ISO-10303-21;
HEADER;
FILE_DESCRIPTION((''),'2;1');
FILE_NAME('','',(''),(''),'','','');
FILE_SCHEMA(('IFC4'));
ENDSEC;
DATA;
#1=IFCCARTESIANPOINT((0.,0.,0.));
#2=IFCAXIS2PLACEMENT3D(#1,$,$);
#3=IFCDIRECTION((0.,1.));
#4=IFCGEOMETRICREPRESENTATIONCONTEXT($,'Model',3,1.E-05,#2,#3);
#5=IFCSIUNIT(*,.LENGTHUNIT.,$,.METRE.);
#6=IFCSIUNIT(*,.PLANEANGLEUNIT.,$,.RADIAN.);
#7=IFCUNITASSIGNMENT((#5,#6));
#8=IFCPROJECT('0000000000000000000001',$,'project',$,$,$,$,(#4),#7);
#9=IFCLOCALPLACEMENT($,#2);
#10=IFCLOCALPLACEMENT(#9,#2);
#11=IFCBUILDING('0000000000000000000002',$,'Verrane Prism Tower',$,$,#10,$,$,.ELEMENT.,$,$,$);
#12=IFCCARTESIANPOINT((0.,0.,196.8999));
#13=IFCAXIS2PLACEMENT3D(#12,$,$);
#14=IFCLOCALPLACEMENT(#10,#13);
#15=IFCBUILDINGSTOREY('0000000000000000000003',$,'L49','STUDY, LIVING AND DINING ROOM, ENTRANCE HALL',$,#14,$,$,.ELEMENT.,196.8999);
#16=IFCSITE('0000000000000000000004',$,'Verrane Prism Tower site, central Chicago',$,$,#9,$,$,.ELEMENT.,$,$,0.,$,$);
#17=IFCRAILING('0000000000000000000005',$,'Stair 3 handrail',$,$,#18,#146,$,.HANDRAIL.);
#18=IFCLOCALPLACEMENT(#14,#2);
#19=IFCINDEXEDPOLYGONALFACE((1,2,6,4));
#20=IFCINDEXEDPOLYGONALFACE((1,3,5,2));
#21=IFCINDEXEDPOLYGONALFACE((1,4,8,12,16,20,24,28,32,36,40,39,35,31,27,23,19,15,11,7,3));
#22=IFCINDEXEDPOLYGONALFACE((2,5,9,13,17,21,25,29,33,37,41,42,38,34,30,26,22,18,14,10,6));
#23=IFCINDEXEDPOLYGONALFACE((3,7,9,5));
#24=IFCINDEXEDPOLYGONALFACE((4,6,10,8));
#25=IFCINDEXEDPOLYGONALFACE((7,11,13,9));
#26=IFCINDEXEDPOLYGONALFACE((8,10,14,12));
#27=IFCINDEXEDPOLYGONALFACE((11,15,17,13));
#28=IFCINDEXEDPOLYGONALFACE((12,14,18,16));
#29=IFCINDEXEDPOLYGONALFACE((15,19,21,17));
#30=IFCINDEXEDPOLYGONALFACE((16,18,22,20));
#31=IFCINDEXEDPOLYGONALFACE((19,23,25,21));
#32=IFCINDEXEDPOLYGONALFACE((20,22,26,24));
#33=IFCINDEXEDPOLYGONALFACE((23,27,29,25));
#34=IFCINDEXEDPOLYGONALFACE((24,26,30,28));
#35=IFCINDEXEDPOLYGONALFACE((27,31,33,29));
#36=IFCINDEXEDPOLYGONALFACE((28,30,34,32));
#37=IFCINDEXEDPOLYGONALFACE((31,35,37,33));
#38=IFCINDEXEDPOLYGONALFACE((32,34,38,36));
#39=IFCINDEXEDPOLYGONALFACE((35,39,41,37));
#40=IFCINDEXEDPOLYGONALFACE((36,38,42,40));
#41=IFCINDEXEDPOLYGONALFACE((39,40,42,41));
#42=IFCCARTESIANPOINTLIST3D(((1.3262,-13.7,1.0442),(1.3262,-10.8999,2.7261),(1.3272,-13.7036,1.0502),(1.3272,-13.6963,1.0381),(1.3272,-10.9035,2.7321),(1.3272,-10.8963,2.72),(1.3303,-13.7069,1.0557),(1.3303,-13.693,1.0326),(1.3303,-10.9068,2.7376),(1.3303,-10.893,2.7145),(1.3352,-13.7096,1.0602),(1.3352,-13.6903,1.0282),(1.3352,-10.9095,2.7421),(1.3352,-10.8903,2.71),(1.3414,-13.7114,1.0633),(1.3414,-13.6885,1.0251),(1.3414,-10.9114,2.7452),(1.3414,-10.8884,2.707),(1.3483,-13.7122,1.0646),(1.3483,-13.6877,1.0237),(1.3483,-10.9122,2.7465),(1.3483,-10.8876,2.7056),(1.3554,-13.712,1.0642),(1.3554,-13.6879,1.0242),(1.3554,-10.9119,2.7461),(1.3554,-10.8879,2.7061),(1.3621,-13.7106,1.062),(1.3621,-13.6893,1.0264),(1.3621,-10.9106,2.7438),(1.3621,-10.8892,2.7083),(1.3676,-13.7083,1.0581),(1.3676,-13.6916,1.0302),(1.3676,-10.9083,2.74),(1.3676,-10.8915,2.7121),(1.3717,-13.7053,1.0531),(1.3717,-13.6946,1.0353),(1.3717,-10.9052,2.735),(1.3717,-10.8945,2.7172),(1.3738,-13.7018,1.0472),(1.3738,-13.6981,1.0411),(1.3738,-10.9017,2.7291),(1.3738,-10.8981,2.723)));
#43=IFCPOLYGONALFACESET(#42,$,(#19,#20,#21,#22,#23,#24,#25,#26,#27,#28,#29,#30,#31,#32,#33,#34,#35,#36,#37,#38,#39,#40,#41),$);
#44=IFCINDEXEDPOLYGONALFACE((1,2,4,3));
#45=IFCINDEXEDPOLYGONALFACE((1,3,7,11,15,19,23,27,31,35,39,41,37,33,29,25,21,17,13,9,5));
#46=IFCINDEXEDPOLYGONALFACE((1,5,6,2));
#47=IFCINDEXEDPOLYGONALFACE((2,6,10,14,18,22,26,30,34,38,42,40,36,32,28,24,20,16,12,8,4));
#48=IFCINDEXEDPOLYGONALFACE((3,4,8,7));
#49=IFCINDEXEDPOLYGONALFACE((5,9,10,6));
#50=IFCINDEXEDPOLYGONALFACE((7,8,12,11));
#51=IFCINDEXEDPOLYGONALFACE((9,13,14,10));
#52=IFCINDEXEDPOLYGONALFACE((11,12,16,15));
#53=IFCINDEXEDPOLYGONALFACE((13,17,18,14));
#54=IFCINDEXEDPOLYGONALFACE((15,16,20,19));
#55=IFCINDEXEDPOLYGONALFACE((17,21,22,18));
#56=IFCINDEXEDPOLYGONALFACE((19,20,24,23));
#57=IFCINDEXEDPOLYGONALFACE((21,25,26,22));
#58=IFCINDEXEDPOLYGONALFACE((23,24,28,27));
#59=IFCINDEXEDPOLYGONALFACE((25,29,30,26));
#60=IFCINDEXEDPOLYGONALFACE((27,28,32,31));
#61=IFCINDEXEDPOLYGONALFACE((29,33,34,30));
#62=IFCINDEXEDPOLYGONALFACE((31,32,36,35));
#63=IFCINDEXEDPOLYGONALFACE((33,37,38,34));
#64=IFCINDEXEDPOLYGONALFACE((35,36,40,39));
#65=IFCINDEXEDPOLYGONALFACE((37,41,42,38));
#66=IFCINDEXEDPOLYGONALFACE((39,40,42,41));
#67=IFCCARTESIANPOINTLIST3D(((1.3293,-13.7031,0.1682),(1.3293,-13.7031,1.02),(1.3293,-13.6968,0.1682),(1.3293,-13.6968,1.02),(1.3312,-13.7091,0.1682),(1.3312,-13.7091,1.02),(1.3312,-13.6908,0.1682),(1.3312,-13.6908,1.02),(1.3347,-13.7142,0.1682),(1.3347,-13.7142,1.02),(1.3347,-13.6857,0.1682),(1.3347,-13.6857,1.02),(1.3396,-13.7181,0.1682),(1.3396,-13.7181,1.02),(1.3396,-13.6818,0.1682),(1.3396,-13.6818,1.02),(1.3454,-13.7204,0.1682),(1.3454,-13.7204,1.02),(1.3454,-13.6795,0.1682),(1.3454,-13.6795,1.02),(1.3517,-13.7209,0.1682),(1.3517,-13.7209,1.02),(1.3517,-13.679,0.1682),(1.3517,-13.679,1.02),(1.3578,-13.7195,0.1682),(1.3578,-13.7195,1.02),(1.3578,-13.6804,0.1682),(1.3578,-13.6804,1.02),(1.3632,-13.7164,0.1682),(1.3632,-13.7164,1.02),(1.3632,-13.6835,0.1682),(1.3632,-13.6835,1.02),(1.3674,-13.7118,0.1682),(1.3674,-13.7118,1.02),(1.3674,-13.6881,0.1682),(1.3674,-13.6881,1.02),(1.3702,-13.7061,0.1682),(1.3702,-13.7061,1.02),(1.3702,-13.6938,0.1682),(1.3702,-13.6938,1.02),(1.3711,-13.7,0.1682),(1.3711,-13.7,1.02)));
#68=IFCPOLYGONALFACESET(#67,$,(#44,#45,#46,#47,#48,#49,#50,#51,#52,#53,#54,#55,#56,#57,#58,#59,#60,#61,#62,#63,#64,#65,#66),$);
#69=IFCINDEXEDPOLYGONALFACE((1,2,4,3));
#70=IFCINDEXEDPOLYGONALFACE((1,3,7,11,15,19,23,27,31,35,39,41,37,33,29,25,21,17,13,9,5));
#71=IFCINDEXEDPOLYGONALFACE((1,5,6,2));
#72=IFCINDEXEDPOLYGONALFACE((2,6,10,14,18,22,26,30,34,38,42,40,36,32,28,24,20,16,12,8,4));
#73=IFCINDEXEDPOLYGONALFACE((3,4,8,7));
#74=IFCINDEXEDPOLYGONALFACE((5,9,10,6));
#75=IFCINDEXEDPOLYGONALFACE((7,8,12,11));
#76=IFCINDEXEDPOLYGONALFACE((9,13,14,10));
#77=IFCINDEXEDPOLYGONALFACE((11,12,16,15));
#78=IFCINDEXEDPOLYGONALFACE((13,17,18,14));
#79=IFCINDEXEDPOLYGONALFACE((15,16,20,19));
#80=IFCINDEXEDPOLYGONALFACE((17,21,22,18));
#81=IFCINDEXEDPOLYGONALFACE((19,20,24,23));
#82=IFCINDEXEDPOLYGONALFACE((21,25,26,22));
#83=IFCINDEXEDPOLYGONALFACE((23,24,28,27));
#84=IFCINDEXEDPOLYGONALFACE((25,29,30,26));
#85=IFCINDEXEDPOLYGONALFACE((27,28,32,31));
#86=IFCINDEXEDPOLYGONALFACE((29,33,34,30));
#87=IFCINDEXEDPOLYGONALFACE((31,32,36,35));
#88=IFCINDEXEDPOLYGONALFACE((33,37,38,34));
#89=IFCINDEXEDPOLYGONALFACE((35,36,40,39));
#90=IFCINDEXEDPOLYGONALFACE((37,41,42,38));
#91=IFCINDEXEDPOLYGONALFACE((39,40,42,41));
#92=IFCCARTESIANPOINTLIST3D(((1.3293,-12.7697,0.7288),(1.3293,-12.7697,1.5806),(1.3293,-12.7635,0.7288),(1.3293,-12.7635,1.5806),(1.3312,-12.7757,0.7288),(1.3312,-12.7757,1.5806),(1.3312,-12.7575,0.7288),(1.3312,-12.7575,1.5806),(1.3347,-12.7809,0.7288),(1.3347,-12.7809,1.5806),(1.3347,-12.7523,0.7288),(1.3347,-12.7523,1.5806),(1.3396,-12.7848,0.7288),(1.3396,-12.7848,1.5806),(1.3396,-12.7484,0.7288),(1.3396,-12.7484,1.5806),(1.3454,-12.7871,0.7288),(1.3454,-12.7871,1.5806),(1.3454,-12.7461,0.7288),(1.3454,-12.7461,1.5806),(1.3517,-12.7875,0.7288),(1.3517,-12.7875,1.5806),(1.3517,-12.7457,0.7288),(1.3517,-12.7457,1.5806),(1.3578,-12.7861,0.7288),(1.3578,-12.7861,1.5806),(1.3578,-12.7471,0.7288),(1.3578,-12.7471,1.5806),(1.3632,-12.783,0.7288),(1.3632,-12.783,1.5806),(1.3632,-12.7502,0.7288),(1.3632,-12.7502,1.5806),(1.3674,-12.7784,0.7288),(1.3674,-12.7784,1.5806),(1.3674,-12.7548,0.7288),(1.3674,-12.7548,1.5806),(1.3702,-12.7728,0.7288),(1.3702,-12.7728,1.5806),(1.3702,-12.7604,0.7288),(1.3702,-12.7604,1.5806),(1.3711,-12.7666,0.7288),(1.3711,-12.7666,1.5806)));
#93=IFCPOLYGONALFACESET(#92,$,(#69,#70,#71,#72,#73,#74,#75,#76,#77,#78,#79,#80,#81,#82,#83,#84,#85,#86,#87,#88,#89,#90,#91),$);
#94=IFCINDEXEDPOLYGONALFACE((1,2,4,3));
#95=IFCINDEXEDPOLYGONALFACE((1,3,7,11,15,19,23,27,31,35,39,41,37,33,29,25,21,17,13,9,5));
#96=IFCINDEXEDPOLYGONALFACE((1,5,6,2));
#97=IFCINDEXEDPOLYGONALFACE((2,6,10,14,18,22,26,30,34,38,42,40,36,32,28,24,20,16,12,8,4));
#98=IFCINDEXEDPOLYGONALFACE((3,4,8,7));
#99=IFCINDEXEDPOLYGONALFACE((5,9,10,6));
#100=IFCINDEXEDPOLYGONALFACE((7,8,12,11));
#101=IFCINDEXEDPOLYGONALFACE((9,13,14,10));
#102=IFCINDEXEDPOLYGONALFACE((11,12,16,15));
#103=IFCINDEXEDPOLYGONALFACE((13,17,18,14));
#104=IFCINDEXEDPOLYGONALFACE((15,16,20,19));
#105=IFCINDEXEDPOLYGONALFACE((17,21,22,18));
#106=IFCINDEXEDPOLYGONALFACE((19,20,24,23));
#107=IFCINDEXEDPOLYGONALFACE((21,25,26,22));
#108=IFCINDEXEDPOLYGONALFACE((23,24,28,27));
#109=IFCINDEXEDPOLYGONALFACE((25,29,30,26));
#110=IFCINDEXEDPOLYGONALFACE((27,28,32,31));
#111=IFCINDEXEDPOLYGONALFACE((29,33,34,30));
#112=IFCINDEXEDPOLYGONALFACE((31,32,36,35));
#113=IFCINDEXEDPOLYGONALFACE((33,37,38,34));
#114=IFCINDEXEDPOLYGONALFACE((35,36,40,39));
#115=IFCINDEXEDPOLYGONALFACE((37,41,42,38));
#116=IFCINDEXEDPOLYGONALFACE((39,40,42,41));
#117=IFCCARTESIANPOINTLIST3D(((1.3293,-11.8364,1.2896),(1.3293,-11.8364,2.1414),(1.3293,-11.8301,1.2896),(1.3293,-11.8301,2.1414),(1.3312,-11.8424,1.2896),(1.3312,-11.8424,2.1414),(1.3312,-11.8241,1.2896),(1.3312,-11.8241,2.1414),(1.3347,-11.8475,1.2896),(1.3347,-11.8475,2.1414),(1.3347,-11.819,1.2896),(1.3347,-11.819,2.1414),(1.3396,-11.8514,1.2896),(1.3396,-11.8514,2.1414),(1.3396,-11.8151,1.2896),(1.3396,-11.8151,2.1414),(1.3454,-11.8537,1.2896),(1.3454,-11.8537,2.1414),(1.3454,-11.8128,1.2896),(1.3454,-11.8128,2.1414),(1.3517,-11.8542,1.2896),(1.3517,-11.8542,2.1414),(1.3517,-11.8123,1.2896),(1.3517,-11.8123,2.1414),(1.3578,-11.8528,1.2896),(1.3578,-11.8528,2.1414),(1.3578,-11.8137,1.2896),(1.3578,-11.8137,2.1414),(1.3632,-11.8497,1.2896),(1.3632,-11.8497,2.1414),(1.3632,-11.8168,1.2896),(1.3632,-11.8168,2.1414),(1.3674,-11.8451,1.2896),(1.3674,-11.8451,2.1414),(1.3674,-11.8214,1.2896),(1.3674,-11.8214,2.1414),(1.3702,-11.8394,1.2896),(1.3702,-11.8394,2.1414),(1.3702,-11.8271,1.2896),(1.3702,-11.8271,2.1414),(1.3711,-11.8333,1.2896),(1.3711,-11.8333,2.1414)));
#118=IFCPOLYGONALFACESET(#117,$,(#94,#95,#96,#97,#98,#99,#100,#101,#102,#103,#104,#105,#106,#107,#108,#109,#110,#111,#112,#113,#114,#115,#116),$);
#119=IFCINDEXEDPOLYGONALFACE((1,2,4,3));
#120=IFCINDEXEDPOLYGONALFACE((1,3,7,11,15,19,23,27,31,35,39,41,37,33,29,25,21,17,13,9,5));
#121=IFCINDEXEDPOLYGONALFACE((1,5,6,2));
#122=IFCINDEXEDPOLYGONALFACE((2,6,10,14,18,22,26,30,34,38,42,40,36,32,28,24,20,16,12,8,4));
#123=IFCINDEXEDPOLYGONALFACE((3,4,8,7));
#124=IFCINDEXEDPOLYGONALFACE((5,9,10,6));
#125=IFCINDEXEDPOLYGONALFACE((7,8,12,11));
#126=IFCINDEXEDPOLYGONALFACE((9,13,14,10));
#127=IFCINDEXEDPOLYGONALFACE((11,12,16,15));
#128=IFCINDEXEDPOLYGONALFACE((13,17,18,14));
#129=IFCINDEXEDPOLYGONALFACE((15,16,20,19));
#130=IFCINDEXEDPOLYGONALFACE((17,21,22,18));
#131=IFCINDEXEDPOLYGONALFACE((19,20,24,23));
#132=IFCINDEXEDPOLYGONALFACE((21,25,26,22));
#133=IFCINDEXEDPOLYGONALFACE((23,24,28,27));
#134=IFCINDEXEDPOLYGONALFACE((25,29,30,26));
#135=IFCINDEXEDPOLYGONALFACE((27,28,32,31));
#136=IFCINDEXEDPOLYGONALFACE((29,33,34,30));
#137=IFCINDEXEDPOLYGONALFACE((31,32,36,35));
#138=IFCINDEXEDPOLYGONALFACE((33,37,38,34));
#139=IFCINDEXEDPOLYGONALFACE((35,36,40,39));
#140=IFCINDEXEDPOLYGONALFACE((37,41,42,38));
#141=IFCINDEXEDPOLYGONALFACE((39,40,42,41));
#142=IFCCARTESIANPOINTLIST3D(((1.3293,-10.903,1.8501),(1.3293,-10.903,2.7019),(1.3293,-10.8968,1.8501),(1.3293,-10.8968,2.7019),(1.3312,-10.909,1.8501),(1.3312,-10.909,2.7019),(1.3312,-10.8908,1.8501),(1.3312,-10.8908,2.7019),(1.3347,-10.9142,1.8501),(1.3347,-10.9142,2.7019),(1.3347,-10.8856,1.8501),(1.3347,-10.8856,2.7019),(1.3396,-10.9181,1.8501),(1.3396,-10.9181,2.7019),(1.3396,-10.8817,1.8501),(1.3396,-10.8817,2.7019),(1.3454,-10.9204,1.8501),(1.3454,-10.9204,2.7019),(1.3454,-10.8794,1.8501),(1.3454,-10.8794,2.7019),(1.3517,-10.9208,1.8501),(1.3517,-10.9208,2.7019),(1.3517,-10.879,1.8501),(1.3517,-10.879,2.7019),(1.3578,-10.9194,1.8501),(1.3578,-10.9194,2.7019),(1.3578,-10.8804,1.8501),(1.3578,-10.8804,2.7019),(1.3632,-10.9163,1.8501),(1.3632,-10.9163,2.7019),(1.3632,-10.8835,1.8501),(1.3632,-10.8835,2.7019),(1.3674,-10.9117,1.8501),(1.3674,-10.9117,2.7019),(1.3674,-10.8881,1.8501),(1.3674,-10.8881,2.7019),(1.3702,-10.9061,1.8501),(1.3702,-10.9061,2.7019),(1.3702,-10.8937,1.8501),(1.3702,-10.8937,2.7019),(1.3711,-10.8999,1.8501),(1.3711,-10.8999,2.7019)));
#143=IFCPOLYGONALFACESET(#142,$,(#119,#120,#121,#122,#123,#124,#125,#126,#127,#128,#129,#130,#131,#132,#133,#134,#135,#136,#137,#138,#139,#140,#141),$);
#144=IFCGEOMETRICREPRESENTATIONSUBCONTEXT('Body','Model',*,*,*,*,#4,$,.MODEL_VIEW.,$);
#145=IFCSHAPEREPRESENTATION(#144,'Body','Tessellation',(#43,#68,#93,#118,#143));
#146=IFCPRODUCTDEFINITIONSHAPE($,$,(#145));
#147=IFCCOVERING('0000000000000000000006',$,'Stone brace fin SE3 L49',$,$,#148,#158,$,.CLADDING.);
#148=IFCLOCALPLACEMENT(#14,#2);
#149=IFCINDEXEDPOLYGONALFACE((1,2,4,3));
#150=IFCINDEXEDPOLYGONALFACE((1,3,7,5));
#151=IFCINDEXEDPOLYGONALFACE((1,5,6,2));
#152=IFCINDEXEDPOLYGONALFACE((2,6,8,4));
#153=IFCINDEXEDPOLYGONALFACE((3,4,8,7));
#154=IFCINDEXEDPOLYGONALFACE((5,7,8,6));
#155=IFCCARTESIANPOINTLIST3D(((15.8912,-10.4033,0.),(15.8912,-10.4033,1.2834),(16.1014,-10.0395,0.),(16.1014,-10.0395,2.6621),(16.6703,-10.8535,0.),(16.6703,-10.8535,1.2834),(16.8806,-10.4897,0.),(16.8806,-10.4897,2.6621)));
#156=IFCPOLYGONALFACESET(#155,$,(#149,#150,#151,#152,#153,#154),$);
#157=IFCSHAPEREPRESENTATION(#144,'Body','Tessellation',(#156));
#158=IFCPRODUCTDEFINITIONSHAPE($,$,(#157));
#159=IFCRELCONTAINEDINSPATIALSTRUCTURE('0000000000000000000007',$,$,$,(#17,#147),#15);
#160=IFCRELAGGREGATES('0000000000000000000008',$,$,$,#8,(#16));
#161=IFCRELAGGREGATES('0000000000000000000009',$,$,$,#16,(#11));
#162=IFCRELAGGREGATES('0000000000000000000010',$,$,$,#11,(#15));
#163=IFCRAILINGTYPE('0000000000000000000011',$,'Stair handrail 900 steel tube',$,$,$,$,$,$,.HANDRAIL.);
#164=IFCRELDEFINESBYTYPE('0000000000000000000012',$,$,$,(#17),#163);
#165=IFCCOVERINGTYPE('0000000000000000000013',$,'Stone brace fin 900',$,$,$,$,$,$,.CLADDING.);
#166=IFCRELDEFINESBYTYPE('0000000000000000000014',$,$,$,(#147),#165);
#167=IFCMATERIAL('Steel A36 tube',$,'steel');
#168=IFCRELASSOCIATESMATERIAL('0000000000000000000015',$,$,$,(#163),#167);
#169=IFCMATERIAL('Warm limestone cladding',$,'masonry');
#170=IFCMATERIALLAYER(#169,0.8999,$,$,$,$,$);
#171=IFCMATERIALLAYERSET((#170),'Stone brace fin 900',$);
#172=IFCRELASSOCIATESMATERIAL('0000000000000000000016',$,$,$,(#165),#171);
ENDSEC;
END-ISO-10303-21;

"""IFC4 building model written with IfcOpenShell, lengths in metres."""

from ifc_helpers import new_model, si_unit, direction, frame, origin, origin_2d, place, context, subcontext, project, spatial, polyline, circle, outline, extrude, material, layer, layer_set, type_object, element, save


model = new_model("IFC4")

# Units and contexts
model_context = context("Model", 3, precision=1e-05, world=origin(), true_north=direction((0.0, 1.0)))
body_context = subcontext(model_context, "Body", "Model", "MODEL_VIEW")
ifc_project = project(units=[si_unit("LENGTHUNIT", "METRE"), si_unit("PLANEANGLEUNIT", "RADIAN")], contexts=[model_context])

# Site, building, storey
site_placement = place(None, origin())
site = spatial("IfcSite", under=ifc_project, at=site_placement, Name="Verrane Prism Tower site, central Chicago", CompositionType="ELEMENT", RefElevation=0.0)
building_placement = place(site_placement, origin())
building = spatial("IfcBuilding", under=site, at=building_placement, Name="Verrane Prism Tower", CompositionType="ELEMENT")
storey_placement = place(building_placement, frame((0.0, 0.0, 196.8999)))
storey = spatial("IfcBuildingStorey", under=building, at=storey_placement, Name="L49", Description="STUDY, LIVING AND DINING ROOM, ENTRANCE HALL", CompositionType="ELEMENT", Elevation=196.8999)

# Railing
ifc_material_1 = material(Name="Steel A36 tube", Category="steel")
railing_type_1 = type_object("IfcRailingType", Name="Stair handrail 900 steel tube", PredefinedType="HANDRAIL", material=ifc_material_1)
railing_1_placement = place(storey_placement, frame((1.3501, -13.7, 0.1682)))
element("IfcRailing", 1, at=railing_1_placement, inside=storey, type_object=railing_type_1, Name="Stair 3 handrail", PredefinedType="HANDRAIL", context=body_context, shape_type="SweptSolid", body=[
    extrude(circle(Radius=0.0239, at=origin_2d()), frame((0.0, 0.0, 0.876), z_axis=(0.0, 0.857242, 0.514913), x_axis=(-1.0, 0.0, 0.0)), (0.0, 0.0, 1.0), 3.2664),
    extrude(circle(Radius=0.021, at=origin_2d()), origin(), (0.0, 0.0, 1.0), 0.8518),
    extrude(circle(Radius=0.021, at=origin_2d()), frame((0.0, 0.9333, 0.5605)), (0.0, 0.0, 1.0), 0.8518),
    extrude(circle(Radius=0.021, at=origin_2d()), frame((0.0, 1.8667, 1.1213)), (0.0, 0.0, 1.0), 0.8518),
    extrude(circle(Radius=0.021, at=origin_2d()), frame((0.0, 2.8, 1.6819)), (0.0, 0.0, 1.0), 0.8518),
])

# Covering
ifc_material_2 = material(Name="Warm limestone cladding", Category="masonry")
ifc_layer_1 = layer(ifc_material_2, 0.8999)
ifc_layer_set_1 = layer_set([ifc_layer_1], Name="Stone brace fin 900")
covering_type = type_object("IfcCoveringType", Name="Stone brace fin 900", PredefinedType="CLADDING", material=ifc_layer_set_1)
covering_placement = place(storey_placement, frame((16.2808, -10.6284, 0.0), z_axis=(0.0, 0.0, 1.0), x_axis=(0.500326, 0.865837, 0.0)))
element("IfcCovering", 2, at=covering_placement, inside=storey, type_object=covering_type, Name="Stone brace fin SE3 L49", PredefinedType="CLADDING", context=body_context, shape_type="SweptSolid", body=[
    extrude(outline(polyline([(0.0, 0.0), (0.4202, 0.0), (0.4202, 2.6621), (0.0, 1.2834), (0.0, 0.0)])), frame((0.0, 0.45, 0.0), z_axis=(0.0, -1.0, 0.0), x_axis=(1.0, 0.0, 0.0)), (0.0, 0.0, 1.0), 0.8999),
])

save(model, "model.ifc")
